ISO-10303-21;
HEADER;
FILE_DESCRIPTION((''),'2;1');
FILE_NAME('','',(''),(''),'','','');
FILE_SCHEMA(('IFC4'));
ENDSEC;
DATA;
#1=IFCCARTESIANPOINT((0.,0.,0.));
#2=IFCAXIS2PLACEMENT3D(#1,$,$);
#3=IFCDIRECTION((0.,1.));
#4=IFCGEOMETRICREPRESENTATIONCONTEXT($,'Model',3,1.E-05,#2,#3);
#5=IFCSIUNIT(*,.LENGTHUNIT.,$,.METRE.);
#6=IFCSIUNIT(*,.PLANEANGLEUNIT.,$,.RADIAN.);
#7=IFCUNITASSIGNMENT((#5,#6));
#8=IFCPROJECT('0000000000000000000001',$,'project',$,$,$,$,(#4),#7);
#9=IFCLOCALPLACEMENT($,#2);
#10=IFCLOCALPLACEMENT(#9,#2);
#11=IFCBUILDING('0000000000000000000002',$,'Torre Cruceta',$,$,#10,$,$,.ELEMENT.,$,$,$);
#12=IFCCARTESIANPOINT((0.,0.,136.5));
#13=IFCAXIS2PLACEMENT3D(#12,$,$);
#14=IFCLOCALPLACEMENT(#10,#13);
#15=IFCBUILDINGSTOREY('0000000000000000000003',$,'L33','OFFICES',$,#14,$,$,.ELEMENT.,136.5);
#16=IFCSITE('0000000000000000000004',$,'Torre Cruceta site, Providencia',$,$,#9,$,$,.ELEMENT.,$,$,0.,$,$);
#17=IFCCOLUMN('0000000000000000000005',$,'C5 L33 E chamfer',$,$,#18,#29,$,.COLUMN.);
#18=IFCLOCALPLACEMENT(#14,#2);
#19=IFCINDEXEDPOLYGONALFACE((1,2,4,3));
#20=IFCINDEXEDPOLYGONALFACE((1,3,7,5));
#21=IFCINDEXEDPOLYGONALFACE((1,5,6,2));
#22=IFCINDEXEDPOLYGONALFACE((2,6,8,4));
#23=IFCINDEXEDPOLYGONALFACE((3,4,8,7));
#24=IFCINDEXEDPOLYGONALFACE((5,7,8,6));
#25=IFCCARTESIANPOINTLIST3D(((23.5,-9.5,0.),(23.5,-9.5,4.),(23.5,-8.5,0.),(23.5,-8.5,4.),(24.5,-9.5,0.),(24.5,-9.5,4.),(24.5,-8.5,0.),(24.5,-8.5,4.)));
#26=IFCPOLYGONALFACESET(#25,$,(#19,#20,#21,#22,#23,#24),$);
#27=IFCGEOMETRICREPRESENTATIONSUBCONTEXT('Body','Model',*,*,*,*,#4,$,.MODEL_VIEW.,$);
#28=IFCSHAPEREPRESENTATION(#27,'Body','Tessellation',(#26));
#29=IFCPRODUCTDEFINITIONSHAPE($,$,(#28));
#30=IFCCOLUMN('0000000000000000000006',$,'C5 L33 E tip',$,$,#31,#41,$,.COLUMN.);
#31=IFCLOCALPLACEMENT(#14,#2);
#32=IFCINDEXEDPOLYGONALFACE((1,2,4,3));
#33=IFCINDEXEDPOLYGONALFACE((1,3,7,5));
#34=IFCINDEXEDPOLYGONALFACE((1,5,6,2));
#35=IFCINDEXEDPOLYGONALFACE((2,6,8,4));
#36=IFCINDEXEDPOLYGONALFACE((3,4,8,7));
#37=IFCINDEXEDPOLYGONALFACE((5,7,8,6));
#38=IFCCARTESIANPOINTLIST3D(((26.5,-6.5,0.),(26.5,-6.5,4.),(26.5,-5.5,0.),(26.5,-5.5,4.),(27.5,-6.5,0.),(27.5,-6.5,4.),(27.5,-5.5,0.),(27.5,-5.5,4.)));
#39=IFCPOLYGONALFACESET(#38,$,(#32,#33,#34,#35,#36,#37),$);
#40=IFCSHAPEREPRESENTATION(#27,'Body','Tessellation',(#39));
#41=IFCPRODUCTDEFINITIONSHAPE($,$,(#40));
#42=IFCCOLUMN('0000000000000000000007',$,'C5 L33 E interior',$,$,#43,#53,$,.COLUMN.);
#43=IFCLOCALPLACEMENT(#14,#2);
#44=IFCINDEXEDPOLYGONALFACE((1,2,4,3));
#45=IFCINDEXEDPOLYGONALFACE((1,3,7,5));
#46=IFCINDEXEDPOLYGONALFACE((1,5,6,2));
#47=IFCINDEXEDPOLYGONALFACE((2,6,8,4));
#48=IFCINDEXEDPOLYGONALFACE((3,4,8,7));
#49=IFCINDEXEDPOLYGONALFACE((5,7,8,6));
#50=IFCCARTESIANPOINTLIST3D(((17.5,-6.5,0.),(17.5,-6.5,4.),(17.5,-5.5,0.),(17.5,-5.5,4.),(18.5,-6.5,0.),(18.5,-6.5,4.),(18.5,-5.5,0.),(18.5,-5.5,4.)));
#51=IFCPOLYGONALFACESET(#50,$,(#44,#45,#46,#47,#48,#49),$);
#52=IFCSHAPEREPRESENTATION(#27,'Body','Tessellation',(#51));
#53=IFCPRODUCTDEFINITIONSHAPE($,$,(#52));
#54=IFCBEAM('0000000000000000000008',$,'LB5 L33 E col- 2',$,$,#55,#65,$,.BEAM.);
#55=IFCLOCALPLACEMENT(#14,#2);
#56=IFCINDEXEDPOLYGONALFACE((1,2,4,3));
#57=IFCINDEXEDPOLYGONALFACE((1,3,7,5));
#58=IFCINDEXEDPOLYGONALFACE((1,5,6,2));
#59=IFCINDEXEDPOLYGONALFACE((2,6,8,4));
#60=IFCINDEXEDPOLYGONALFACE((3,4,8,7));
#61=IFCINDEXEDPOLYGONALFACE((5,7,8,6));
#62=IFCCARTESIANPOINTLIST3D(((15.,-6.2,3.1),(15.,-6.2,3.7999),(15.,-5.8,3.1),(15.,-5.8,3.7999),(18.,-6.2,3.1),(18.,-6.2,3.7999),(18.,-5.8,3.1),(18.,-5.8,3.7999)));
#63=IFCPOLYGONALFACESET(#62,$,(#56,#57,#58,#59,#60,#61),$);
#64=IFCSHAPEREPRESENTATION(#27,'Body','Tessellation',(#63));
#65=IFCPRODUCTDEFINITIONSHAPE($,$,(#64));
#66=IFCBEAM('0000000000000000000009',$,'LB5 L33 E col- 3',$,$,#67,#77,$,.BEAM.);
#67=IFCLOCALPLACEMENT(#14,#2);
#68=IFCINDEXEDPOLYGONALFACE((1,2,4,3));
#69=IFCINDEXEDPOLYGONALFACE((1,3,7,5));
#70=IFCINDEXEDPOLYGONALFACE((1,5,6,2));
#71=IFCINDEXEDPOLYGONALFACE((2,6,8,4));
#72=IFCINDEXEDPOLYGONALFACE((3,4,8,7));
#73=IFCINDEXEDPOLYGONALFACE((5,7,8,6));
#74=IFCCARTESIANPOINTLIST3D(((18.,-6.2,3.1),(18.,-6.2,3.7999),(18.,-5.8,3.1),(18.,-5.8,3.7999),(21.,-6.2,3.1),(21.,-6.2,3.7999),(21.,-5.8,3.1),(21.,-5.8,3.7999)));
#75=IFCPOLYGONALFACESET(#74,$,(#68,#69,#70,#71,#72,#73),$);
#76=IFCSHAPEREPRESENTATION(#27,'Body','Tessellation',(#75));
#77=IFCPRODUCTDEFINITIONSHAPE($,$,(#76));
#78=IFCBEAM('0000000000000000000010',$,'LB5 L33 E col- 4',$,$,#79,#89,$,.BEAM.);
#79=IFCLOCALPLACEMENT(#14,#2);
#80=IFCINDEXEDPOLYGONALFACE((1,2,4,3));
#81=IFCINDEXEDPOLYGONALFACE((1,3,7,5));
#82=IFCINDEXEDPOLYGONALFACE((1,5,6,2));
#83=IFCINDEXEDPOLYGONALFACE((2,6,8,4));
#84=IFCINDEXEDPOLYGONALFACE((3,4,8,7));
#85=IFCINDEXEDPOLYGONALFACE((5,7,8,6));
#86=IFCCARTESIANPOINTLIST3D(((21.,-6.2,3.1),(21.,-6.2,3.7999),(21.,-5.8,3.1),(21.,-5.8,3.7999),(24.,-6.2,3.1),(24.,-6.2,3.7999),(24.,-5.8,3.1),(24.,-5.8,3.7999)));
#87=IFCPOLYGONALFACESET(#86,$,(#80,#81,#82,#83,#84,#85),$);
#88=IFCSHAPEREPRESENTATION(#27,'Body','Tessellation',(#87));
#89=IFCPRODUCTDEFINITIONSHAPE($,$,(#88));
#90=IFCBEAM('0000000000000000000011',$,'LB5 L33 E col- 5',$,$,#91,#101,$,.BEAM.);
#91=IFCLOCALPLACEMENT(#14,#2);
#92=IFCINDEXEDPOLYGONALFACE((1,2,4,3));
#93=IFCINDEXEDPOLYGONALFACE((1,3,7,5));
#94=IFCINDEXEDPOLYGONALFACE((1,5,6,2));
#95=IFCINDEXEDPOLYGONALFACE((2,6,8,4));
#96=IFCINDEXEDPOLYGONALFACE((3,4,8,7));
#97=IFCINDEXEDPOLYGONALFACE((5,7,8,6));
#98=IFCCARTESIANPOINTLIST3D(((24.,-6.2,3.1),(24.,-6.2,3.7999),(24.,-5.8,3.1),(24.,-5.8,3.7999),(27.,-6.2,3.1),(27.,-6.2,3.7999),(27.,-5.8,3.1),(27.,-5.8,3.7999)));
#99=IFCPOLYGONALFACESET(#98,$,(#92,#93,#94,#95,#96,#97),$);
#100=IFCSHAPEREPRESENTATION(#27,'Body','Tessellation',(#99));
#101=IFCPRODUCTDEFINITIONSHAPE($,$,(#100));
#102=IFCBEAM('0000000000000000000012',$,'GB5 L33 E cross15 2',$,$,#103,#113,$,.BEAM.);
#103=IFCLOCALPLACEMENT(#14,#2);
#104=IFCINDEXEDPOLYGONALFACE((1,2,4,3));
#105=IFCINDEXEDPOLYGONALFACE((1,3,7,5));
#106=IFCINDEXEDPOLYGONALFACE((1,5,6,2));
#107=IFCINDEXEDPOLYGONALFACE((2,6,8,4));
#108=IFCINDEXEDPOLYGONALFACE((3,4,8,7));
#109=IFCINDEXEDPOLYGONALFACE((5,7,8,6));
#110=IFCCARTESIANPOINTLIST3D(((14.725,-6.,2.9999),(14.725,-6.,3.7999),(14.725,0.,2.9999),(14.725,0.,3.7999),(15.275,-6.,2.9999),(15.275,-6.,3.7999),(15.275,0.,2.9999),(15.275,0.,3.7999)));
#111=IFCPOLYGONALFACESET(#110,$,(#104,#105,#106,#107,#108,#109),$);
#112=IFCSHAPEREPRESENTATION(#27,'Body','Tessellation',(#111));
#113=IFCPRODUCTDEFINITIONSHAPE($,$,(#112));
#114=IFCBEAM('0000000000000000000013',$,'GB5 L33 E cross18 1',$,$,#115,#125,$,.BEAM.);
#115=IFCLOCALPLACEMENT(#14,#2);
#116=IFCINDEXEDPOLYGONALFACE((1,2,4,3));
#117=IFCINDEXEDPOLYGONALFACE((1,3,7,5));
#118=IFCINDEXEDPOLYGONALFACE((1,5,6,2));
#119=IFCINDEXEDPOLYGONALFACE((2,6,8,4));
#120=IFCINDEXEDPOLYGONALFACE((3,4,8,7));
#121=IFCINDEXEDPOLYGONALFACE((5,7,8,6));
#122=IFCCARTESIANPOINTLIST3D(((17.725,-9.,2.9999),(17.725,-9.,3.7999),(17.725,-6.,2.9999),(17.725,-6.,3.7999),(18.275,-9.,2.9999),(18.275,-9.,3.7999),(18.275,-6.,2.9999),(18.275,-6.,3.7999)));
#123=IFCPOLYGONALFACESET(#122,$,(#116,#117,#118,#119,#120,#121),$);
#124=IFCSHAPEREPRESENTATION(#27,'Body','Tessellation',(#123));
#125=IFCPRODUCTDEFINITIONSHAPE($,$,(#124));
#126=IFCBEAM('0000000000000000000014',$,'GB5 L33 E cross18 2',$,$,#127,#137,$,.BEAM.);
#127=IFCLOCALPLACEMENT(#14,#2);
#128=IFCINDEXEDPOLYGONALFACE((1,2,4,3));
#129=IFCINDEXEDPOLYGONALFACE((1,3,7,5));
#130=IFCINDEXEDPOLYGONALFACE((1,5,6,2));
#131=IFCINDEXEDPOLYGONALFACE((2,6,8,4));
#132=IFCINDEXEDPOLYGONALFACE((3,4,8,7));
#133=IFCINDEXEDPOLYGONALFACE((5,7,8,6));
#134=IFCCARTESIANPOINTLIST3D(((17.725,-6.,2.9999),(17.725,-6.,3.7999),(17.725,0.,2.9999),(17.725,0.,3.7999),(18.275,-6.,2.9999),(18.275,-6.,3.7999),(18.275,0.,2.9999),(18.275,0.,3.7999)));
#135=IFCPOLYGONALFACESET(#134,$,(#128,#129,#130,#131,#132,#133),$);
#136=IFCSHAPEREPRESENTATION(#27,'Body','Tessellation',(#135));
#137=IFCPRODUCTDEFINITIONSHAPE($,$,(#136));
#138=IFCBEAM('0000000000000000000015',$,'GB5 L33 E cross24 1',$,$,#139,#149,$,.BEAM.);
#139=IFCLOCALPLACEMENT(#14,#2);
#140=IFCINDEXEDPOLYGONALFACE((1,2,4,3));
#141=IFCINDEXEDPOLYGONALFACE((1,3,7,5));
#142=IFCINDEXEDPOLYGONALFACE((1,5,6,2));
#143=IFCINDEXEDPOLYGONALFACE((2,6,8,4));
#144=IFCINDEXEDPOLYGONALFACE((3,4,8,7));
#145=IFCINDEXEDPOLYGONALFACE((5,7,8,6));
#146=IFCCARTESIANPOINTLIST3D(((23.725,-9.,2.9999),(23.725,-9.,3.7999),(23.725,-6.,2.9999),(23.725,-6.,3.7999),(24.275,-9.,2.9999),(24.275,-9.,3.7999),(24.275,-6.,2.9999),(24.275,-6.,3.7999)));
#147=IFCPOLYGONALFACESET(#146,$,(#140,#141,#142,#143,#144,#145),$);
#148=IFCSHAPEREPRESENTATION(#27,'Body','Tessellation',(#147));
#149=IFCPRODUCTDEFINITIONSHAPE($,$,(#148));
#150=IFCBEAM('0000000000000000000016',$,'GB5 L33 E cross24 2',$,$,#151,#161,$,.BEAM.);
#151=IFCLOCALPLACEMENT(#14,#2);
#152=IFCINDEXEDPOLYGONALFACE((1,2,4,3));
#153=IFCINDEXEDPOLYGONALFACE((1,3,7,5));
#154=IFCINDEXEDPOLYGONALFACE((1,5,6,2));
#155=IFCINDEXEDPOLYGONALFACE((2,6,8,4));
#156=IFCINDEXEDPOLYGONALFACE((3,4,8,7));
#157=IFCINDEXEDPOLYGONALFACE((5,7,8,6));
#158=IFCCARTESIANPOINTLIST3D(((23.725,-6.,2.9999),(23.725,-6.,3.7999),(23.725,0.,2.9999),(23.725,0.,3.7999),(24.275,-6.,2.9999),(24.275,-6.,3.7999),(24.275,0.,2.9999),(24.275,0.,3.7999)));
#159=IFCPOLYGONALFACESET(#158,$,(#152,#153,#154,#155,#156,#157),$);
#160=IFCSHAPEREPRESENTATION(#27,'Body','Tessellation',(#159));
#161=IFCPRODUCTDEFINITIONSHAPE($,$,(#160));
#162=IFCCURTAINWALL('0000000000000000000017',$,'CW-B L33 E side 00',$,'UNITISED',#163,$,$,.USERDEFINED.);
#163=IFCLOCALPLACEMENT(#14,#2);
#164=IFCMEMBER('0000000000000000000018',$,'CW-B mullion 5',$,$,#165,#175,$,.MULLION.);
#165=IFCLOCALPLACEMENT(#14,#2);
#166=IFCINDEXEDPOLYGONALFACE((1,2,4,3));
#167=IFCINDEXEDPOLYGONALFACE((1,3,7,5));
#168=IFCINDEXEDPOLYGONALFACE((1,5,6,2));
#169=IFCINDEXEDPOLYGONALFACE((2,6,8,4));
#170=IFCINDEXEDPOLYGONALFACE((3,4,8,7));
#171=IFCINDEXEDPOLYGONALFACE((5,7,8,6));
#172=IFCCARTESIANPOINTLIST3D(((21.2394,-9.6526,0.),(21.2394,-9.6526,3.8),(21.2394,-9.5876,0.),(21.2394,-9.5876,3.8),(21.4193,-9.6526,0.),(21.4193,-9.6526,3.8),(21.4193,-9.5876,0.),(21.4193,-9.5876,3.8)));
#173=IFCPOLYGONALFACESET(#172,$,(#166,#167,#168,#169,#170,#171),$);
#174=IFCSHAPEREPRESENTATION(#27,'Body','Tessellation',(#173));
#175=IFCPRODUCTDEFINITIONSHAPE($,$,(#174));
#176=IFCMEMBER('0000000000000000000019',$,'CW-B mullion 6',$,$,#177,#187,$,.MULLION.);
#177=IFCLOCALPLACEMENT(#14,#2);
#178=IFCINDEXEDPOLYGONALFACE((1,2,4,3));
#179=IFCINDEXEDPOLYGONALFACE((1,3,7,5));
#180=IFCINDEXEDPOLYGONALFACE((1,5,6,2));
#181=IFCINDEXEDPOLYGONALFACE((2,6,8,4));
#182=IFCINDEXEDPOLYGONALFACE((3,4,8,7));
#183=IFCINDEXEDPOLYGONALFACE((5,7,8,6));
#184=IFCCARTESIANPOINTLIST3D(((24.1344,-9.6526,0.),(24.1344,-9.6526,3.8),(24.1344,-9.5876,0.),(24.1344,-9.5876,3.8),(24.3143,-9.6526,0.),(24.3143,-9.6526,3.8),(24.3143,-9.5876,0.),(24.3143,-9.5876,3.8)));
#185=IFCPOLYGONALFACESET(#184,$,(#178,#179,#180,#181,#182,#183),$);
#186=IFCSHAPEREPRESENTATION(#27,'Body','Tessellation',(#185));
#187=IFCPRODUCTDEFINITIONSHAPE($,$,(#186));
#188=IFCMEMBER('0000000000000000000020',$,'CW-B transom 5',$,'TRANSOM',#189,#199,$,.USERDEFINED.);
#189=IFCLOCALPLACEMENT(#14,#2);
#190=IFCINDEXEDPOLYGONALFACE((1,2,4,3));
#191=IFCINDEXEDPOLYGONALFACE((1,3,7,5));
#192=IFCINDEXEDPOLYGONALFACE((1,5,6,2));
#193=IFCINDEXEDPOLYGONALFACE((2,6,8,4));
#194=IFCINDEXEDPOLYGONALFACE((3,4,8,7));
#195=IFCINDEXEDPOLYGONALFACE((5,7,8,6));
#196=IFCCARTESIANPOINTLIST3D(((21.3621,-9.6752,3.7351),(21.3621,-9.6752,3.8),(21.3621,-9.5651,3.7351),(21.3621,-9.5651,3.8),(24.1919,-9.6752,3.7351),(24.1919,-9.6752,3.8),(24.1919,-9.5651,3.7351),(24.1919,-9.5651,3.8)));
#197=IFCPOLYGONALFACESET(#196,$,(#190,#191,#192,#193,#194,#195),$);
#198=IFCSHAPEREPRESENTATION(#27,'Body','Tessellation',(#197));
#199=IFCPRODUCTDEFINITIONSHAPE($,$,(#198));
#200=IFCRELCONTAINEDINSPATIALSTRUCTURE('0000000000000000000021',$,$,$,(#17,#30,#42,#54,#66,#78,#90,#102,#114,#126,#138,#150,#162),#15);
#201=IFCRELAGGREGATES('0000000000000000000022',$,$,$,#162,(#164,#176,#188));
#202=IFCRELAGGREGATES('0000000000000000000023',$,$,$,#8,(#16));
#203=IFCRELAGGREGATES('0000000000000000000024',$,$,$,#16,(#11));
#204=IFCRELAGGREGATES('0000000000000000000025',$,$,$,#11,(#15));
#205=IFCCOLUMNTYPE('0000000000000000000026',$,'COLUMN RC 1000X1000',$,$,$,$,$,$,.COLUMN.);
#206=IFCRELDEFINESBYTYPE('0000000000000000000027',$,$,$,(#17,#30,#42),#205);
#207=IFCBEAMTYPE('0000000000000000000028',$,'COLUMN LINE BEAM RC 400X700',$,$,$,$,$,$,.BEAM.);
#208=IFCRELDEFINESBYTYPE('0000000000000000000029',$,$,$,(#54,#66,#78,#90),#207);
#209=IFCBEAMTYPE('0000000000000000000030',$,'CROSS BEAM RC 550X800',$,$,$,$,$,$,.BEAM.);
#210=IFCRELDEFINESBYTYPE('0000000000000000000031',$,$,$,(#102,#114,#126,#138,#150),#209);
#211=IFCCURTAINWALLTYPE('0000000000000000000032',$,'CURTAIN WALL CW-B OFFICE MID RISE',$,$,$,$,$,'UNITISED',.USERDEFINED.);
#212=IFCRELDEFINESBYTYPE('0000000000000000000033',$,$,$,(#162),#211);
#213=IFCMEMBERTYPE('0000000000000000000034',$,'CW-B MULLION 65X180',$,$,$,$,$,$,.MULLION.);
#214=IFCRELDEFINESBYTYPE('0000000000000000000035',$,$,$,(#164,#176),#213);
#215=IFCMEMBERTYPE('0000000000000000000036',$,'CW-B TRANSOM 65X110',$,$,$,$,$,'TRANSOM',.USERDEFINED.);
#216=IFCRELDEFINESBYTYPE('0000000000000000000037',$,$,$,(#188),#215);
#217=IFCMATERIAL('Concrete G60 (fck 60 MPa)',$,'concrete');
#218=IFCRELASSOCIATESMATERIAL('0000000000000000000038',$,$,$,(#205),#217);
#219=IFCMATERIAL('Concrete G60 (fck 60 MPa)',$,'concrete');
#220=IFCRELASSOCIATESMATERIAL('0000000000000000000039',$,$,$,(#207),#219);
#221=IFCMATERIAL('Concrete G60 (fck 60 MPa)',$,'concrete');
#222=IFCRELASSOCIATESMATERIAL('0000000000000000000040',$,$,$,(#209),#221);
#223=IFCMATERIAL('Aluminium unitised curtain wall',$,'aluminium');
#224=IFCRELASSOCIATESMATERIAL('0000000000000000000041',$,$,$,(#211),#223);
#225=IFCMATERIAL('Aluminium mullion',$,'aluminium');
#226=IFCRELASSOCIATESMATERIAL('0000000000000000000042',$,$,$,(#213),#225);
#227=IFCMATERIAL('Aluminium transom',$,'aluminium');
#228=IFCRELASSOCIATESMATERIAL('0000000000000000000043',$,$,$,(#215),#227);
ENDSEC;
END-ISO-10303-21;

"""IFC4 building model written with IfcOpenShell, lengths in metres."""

from ifc_helpers import new_model, si_unit, direction, frame, origin, origin_2d, place, context, subcontext, project, spatial, rectangle, extrude, material, material_profile, profile_set, type_object, element, aggregate, save


model = new_model("IFC4")

# Units and contexts
model_context = context("Model", 3, precision=1e-05, world=origin(), true_north=direction((0.0, 1.0)))
body_context = subcontext(model_context, "Body", "Model", "MODEL_VIEW")
ifc_project = project(units=[si_unit("LENGTHUNIT", "METRE"), si_unit("PLANEANGLEUNIT", "RADIAN")], contexts=[model_context])

# Site, building, storey
site_placement = place(None, origin())
site = spatial("IfcSite", under=ifc_project, at=site_placement, Name="Torre Cruceta site, Providencia", CompositionType="ELEMENT", RefElevation=0.0)
building_placement = place(site_placement, origin())
building = spatial("IfcBuilding", under=site, at=building_placement, Name="Torre Cruceta", CompositionType="ELEMENT")
storey_placement = place(building_placement, frame((0.0, 0.0, 136.5)))
storey = spatial("IfcBuildingStorey", under=building, at=storey_placement, Name="L33", Description="OFFICES", CompositionType="ELEMENT", Elevation=136.5)

# Columns
ifc_material_1 = material(Name="Concrete G60 (fck 60 MPa)", Category="concrete")
ifc_material_profile_1 = material_profile(ifc_material_1, rectangle(XDim=1.0, YDim=1.0, at=origin_2d()), Name="RC 1000X1000")
ifc_profile_set_1 = profile_set([ifc_material_profile_1], Name="Concrete G60 (fck 60 MPa)")
column_type = type_object("IfcColumnType", Name="COLUMN RC 1000X1000", PredefinedType="COLUMN", material=ifc_profile_set_1)
for number, where, z_axis, x_axis, name in (
    (1, (24.0, -9.0, 0.0), (0.0, 0.0, 1.0), (1.0, 0.0, 0.0), "C5 L33 E chamfer"),
    (2, (27.0, -6.0, 0.0), (0.0, 0.0, 1.0), (1.0, 0.0, 0.0), "C5 L33 E tip"),
    (3, (18.0, -6.0, 0.0), (0.0, 0.0, 1.0), (1.0, 0.0, 0.0), "C5 L33 E interior"),
):
    element("IfcColumn", number, at=place(storey_placement, frame(where, z_axis=z_axis, x_axis=x_axis)), inside=storey, type_object=column_type, Name=name, PredefinedType="COLUMN", context=body_context, shape_type="SweptSolid", body=[
        extrude(rectangle(XDim=1.0, YDim=1.0, at=origin_2d()), origin(), (0.0, 0.0, 1.0), 4.0),
    ])

# Beams
ifc_material_2 = material(Name="Concrete G60 (fck 60 MPa)", Category="concrete")
ifc_material_profile_2 = material_profile(ifc_material_2, rectangle(XDim=0.3999, YDim=0.7, at=origin_2d()), Name="RC 400X700")
ifc_profile_set_2 = profile_set([ifc_material_profile_2], Name="Concrete G60 (fck 60 MPa)")
beam_type_1 = type_object("IfcBeamType", Name="COLUMN LINE BEAM RC 400X700", PredefinedType="BEAM", material=ifc_profile_set_2)
for number, where, z_axis, x_axis, name in (
    (4, (15.0, -6.0, 3.45), (1.0, 0.0, 0.0), (0.0, 1.0, 0.0), "LB5 L33 E col- 2"),
    (5, (18.0, -6.0, 3.45), (1.0, 0.0, 0.0), (0.0, 1.0, 0.0), "LB5 L33 E col- 3"),
    (6, (21.0, -6.0, 3.45), (1.0, 0.0, 0.0), (0.0, 1.0, 0.0), "LB5 L33 E col- 4"),
    (7, (24.0, -6.0, 3.45), (1.0, 0.0, 0.0), (0.0, 1.0, 0.0), "LB5 L33 E col- 5"),
):
    element("IfcBeam", number, at=place(storey_placement, frame(where, z_axis=z_axis, x_axis=x_axis)), inside=storey, type_object=beam_type_1, Name=name, PredefinedType="BEAM", context=body_context, shape_type="SweptSolid", body=[
        extrude(rectangle(XDim=0.3999, YDim=0.7, at=origin_2d()), origin(), (0.0, 0.0, 1.0), 3.0),
    ])
ifc_material_3 = material(Name="Concrete G60 (fck 60 MPa)", Category="concrete")
ifc_material_profile_3 = material_profile(ifc_material_3, rectangle(XDim=0.55, YDim=0.8, at=origin_2d()), Name="RC 550X800")
ifc_profile_set_3 = profile_set([ifc_material_profile_3], Name="Concrete G60 (fck 60 MPa)")
beam_type_2 = type_object("IfcBeamType", Name="CROSS BEAM RC 550X800", PredefinedType="BEAM", material=ifc_profile_set_3)
beam_1_placement = place(storey_placement, frame((15.0, -6.0, 3.3999), z_axis=(0.0, 1.0, 0.0), x_axis=(-1.0, 0.0, 0.0)))
element("IfcBeam", 8, at=beam_1_placement, inside=storey, type_object=beam_type_2, Name="GB5 L33 E cross15 2", PredefinedType="BEAM", context=body_context, shape_type="SweptSolid", body=[
    extrude(rectangle(XDim=0.55, YDim=0.8, at=origin_2d()), origin(), (0.0, 0.0, 1.0), 6.0),
])
beam_2_placement = place(storey_placement, frame((18.0, -9.0, 3.3999), z_axis=(0.0, 1.0, 0.0), x_axis=(-1.0, 0.0, 0.0)))
element("IfcBeam", 9, at=beam_2_placement, inside=storey, type_object=beam_type_2, Name="GB5 L33 E cross18 1", PredefinedType="BEAM", context=body_context, shape_type="SweptSolid", body=[
    extrude(rectangle(XDim=0.55, YDim=0.8, at=origin_2d()), origin(), (0.0, 0.0, 1.0), 3.0),
])
beam_3_placement = place(storey_placement, frame((18.0, -6.0, 3.3999), z_axis=(0.0, 1.0, 0.0), x_axis=(-1.0, 0.0, 0.0)))
element("IfcBeam", 10, at=beam_3_placement, inside=storey, type_object=beam_type_2, Name="GB5 L33 E cross18 2", PredefinedType="BEAM", context=body_context, shape_type="SweptSolid", body=[
    extrude(rectangle(XDim=0.55, YDim=0.8, at=origin_2d()), origin(), (0.0, 0.0, 1.0), 6.0),
])
beam_4_placement = place(storey_placement, frame((24.0, -9.0, 3.3999), z_axis=(0.0, 1.0, 0.0), x_axis=(-1.0, 0.0, 0.0)))
element("IfcBeam", 11, at=beam_4_placement, inside=storey, type_object=beam_type_2, Name="GB5 L33 E cross24 1", PredefinedType="BEAM", context=body_context, shape_type="SweptSolid", body=[
    extrude(rectangle(XDim=0.55, YDim=0.8, at=origin_2d()), origin(), (0.0, 0.0, 1.0), 3.0),
])
beam_5_placement = place(storey_placement, frame((24.0, -6.0, 3.3999), z_axis=(0.0, 1.0, 0.0), x_axis=(-1.0, 0.0, 0.0)))
element("IfcBeam", 12, at=beam_5_placement, inside=storey, type_object=beam_type_2, Name="GB5 L33 E cross24 2", PredefinedType="BEAM", context=body_context, shape_type="SweptSolid", body=[
    extrude(rectangle(XDim=0.55, YDim=0.8, at=origin_2d()), origin(), (0.0, 0.0, 1.0), 6.0),
])

# Curtain wall, members
ifc_material_4 = material(Name="Aluminium unitised curtain wall", Category="aluminium")
curtain_wall_type = type_object("IfcCurtainWallType", Name="CURTAIN WALL CW-B OFFICE MID RISE", ElementType="UNITISED", PredefinedType="USERDEFINED", material=ifc_material_4)
curtain_wall_placement = place(storey_placement, origin())
curtain_wall = element("IfcCurtainWall", 13, at=curtain_wall_placement, inside=storey, type_object=curtain_wall_type, Name="CW-B L33 E side 00", ObjectType="UNITISED", PredefinedType="USERDEFINED")
ifc_material_5 = material(Name="Aluminium mullion", Category="aluminium")
ifc_material_profile_4 = material_profile(ifc_material_5, rectangle(XDim=0.0649, YDim=0.1799, at=origin_2d()), Name="AL 65X180")
ifc_profile_set_4 = profile_set([ifc_material_profile_4], Name="Aluminium mullion")
member_type_1 = type_object("IfcMemberType", Name="CW-B MULLION 65X180", PredefinedType="MULLION", material=ifc_profile_set_4)
member_1_placement = place(storey_placement, frame((21.3293, -9.6201, 0.0), z_axis=(0.0, 0.0, 1.0), x_axis=(0.0, 1.0, 0.0)))
member_1 = element("IfcMember", 14, at=member_1_placement, type_object=member_type_1, Name="CW-B mullion 5", PredefinedType="MULLION", context=body_context, shape_type="SweptSolid", body=[
    extrude(rectangle(XDim=0.0649, YDim=0.1799, at=origin_2d()), origin(), (0.0, 0.0, 1.0), 3.8),
])
member_2_placement = place(storey_placement, frame((24.2244, -9.6201, 0.0), z_axis=(0.0, 0.0, 1.0), x_axis=(0.0, 1.0, 0.0)))
member_2 = element("IfcMember", 15, at=member_2_placement, type_object=member_type_1, Name="CW-B mullion 6", PredefinedType="MULLION", context=body_context, shape_type="SweptSolid", body=[
    extrude(rectangle(XDim=0.0649, YDim=0.1799, at=origin_2d()), origin(), (0.0, 0.0, 1.0), 3.8),
])
ifc_material_6 = material(Name="Aluminium transom", Category="aluminium")
ifc_material_profile_5 = material_profile(ifc_material_6, rectangle(XDim=0.1101, YDim=0.0649, at=origin_2d()), Name="AL 110X65")
ifc_profile_set_5 = profile_set([ifc_material_profile_5], Name="Aluminium transom")
member_type_2 = type_object("IfcMemberType", Name="CW-B TRANSOM 65X110", ElementType="TRANSOM", PredefinedType="USERDEFINED", material=ifc_profile_set_5)
member_3_placement = place(storey_placement, frame((21.3621, -9.6201, 3.7676), z_axis=(1.0, 0.0, 0.0), x_axis=(0.0, 1.0, 0.0)))
member_3 = element("IfcMember", 16, at=member_3_placement, type_object=member_type_2, Name="CW-B transom 5", ObjectType="TRANSOM", PredefinedType="USERDEFINED", context=body_context, shape_type="SweptSolid", body=[
    extrude(rectangle(XDim=0.1101, YDim=0.0649, at=origin_2d()), origin(), (0.0, 0.0, 1.0), 2.8298),
])

aggregate(curtain_wall, [member_1, member_2, member_3])

save(model, "model.ifc")
